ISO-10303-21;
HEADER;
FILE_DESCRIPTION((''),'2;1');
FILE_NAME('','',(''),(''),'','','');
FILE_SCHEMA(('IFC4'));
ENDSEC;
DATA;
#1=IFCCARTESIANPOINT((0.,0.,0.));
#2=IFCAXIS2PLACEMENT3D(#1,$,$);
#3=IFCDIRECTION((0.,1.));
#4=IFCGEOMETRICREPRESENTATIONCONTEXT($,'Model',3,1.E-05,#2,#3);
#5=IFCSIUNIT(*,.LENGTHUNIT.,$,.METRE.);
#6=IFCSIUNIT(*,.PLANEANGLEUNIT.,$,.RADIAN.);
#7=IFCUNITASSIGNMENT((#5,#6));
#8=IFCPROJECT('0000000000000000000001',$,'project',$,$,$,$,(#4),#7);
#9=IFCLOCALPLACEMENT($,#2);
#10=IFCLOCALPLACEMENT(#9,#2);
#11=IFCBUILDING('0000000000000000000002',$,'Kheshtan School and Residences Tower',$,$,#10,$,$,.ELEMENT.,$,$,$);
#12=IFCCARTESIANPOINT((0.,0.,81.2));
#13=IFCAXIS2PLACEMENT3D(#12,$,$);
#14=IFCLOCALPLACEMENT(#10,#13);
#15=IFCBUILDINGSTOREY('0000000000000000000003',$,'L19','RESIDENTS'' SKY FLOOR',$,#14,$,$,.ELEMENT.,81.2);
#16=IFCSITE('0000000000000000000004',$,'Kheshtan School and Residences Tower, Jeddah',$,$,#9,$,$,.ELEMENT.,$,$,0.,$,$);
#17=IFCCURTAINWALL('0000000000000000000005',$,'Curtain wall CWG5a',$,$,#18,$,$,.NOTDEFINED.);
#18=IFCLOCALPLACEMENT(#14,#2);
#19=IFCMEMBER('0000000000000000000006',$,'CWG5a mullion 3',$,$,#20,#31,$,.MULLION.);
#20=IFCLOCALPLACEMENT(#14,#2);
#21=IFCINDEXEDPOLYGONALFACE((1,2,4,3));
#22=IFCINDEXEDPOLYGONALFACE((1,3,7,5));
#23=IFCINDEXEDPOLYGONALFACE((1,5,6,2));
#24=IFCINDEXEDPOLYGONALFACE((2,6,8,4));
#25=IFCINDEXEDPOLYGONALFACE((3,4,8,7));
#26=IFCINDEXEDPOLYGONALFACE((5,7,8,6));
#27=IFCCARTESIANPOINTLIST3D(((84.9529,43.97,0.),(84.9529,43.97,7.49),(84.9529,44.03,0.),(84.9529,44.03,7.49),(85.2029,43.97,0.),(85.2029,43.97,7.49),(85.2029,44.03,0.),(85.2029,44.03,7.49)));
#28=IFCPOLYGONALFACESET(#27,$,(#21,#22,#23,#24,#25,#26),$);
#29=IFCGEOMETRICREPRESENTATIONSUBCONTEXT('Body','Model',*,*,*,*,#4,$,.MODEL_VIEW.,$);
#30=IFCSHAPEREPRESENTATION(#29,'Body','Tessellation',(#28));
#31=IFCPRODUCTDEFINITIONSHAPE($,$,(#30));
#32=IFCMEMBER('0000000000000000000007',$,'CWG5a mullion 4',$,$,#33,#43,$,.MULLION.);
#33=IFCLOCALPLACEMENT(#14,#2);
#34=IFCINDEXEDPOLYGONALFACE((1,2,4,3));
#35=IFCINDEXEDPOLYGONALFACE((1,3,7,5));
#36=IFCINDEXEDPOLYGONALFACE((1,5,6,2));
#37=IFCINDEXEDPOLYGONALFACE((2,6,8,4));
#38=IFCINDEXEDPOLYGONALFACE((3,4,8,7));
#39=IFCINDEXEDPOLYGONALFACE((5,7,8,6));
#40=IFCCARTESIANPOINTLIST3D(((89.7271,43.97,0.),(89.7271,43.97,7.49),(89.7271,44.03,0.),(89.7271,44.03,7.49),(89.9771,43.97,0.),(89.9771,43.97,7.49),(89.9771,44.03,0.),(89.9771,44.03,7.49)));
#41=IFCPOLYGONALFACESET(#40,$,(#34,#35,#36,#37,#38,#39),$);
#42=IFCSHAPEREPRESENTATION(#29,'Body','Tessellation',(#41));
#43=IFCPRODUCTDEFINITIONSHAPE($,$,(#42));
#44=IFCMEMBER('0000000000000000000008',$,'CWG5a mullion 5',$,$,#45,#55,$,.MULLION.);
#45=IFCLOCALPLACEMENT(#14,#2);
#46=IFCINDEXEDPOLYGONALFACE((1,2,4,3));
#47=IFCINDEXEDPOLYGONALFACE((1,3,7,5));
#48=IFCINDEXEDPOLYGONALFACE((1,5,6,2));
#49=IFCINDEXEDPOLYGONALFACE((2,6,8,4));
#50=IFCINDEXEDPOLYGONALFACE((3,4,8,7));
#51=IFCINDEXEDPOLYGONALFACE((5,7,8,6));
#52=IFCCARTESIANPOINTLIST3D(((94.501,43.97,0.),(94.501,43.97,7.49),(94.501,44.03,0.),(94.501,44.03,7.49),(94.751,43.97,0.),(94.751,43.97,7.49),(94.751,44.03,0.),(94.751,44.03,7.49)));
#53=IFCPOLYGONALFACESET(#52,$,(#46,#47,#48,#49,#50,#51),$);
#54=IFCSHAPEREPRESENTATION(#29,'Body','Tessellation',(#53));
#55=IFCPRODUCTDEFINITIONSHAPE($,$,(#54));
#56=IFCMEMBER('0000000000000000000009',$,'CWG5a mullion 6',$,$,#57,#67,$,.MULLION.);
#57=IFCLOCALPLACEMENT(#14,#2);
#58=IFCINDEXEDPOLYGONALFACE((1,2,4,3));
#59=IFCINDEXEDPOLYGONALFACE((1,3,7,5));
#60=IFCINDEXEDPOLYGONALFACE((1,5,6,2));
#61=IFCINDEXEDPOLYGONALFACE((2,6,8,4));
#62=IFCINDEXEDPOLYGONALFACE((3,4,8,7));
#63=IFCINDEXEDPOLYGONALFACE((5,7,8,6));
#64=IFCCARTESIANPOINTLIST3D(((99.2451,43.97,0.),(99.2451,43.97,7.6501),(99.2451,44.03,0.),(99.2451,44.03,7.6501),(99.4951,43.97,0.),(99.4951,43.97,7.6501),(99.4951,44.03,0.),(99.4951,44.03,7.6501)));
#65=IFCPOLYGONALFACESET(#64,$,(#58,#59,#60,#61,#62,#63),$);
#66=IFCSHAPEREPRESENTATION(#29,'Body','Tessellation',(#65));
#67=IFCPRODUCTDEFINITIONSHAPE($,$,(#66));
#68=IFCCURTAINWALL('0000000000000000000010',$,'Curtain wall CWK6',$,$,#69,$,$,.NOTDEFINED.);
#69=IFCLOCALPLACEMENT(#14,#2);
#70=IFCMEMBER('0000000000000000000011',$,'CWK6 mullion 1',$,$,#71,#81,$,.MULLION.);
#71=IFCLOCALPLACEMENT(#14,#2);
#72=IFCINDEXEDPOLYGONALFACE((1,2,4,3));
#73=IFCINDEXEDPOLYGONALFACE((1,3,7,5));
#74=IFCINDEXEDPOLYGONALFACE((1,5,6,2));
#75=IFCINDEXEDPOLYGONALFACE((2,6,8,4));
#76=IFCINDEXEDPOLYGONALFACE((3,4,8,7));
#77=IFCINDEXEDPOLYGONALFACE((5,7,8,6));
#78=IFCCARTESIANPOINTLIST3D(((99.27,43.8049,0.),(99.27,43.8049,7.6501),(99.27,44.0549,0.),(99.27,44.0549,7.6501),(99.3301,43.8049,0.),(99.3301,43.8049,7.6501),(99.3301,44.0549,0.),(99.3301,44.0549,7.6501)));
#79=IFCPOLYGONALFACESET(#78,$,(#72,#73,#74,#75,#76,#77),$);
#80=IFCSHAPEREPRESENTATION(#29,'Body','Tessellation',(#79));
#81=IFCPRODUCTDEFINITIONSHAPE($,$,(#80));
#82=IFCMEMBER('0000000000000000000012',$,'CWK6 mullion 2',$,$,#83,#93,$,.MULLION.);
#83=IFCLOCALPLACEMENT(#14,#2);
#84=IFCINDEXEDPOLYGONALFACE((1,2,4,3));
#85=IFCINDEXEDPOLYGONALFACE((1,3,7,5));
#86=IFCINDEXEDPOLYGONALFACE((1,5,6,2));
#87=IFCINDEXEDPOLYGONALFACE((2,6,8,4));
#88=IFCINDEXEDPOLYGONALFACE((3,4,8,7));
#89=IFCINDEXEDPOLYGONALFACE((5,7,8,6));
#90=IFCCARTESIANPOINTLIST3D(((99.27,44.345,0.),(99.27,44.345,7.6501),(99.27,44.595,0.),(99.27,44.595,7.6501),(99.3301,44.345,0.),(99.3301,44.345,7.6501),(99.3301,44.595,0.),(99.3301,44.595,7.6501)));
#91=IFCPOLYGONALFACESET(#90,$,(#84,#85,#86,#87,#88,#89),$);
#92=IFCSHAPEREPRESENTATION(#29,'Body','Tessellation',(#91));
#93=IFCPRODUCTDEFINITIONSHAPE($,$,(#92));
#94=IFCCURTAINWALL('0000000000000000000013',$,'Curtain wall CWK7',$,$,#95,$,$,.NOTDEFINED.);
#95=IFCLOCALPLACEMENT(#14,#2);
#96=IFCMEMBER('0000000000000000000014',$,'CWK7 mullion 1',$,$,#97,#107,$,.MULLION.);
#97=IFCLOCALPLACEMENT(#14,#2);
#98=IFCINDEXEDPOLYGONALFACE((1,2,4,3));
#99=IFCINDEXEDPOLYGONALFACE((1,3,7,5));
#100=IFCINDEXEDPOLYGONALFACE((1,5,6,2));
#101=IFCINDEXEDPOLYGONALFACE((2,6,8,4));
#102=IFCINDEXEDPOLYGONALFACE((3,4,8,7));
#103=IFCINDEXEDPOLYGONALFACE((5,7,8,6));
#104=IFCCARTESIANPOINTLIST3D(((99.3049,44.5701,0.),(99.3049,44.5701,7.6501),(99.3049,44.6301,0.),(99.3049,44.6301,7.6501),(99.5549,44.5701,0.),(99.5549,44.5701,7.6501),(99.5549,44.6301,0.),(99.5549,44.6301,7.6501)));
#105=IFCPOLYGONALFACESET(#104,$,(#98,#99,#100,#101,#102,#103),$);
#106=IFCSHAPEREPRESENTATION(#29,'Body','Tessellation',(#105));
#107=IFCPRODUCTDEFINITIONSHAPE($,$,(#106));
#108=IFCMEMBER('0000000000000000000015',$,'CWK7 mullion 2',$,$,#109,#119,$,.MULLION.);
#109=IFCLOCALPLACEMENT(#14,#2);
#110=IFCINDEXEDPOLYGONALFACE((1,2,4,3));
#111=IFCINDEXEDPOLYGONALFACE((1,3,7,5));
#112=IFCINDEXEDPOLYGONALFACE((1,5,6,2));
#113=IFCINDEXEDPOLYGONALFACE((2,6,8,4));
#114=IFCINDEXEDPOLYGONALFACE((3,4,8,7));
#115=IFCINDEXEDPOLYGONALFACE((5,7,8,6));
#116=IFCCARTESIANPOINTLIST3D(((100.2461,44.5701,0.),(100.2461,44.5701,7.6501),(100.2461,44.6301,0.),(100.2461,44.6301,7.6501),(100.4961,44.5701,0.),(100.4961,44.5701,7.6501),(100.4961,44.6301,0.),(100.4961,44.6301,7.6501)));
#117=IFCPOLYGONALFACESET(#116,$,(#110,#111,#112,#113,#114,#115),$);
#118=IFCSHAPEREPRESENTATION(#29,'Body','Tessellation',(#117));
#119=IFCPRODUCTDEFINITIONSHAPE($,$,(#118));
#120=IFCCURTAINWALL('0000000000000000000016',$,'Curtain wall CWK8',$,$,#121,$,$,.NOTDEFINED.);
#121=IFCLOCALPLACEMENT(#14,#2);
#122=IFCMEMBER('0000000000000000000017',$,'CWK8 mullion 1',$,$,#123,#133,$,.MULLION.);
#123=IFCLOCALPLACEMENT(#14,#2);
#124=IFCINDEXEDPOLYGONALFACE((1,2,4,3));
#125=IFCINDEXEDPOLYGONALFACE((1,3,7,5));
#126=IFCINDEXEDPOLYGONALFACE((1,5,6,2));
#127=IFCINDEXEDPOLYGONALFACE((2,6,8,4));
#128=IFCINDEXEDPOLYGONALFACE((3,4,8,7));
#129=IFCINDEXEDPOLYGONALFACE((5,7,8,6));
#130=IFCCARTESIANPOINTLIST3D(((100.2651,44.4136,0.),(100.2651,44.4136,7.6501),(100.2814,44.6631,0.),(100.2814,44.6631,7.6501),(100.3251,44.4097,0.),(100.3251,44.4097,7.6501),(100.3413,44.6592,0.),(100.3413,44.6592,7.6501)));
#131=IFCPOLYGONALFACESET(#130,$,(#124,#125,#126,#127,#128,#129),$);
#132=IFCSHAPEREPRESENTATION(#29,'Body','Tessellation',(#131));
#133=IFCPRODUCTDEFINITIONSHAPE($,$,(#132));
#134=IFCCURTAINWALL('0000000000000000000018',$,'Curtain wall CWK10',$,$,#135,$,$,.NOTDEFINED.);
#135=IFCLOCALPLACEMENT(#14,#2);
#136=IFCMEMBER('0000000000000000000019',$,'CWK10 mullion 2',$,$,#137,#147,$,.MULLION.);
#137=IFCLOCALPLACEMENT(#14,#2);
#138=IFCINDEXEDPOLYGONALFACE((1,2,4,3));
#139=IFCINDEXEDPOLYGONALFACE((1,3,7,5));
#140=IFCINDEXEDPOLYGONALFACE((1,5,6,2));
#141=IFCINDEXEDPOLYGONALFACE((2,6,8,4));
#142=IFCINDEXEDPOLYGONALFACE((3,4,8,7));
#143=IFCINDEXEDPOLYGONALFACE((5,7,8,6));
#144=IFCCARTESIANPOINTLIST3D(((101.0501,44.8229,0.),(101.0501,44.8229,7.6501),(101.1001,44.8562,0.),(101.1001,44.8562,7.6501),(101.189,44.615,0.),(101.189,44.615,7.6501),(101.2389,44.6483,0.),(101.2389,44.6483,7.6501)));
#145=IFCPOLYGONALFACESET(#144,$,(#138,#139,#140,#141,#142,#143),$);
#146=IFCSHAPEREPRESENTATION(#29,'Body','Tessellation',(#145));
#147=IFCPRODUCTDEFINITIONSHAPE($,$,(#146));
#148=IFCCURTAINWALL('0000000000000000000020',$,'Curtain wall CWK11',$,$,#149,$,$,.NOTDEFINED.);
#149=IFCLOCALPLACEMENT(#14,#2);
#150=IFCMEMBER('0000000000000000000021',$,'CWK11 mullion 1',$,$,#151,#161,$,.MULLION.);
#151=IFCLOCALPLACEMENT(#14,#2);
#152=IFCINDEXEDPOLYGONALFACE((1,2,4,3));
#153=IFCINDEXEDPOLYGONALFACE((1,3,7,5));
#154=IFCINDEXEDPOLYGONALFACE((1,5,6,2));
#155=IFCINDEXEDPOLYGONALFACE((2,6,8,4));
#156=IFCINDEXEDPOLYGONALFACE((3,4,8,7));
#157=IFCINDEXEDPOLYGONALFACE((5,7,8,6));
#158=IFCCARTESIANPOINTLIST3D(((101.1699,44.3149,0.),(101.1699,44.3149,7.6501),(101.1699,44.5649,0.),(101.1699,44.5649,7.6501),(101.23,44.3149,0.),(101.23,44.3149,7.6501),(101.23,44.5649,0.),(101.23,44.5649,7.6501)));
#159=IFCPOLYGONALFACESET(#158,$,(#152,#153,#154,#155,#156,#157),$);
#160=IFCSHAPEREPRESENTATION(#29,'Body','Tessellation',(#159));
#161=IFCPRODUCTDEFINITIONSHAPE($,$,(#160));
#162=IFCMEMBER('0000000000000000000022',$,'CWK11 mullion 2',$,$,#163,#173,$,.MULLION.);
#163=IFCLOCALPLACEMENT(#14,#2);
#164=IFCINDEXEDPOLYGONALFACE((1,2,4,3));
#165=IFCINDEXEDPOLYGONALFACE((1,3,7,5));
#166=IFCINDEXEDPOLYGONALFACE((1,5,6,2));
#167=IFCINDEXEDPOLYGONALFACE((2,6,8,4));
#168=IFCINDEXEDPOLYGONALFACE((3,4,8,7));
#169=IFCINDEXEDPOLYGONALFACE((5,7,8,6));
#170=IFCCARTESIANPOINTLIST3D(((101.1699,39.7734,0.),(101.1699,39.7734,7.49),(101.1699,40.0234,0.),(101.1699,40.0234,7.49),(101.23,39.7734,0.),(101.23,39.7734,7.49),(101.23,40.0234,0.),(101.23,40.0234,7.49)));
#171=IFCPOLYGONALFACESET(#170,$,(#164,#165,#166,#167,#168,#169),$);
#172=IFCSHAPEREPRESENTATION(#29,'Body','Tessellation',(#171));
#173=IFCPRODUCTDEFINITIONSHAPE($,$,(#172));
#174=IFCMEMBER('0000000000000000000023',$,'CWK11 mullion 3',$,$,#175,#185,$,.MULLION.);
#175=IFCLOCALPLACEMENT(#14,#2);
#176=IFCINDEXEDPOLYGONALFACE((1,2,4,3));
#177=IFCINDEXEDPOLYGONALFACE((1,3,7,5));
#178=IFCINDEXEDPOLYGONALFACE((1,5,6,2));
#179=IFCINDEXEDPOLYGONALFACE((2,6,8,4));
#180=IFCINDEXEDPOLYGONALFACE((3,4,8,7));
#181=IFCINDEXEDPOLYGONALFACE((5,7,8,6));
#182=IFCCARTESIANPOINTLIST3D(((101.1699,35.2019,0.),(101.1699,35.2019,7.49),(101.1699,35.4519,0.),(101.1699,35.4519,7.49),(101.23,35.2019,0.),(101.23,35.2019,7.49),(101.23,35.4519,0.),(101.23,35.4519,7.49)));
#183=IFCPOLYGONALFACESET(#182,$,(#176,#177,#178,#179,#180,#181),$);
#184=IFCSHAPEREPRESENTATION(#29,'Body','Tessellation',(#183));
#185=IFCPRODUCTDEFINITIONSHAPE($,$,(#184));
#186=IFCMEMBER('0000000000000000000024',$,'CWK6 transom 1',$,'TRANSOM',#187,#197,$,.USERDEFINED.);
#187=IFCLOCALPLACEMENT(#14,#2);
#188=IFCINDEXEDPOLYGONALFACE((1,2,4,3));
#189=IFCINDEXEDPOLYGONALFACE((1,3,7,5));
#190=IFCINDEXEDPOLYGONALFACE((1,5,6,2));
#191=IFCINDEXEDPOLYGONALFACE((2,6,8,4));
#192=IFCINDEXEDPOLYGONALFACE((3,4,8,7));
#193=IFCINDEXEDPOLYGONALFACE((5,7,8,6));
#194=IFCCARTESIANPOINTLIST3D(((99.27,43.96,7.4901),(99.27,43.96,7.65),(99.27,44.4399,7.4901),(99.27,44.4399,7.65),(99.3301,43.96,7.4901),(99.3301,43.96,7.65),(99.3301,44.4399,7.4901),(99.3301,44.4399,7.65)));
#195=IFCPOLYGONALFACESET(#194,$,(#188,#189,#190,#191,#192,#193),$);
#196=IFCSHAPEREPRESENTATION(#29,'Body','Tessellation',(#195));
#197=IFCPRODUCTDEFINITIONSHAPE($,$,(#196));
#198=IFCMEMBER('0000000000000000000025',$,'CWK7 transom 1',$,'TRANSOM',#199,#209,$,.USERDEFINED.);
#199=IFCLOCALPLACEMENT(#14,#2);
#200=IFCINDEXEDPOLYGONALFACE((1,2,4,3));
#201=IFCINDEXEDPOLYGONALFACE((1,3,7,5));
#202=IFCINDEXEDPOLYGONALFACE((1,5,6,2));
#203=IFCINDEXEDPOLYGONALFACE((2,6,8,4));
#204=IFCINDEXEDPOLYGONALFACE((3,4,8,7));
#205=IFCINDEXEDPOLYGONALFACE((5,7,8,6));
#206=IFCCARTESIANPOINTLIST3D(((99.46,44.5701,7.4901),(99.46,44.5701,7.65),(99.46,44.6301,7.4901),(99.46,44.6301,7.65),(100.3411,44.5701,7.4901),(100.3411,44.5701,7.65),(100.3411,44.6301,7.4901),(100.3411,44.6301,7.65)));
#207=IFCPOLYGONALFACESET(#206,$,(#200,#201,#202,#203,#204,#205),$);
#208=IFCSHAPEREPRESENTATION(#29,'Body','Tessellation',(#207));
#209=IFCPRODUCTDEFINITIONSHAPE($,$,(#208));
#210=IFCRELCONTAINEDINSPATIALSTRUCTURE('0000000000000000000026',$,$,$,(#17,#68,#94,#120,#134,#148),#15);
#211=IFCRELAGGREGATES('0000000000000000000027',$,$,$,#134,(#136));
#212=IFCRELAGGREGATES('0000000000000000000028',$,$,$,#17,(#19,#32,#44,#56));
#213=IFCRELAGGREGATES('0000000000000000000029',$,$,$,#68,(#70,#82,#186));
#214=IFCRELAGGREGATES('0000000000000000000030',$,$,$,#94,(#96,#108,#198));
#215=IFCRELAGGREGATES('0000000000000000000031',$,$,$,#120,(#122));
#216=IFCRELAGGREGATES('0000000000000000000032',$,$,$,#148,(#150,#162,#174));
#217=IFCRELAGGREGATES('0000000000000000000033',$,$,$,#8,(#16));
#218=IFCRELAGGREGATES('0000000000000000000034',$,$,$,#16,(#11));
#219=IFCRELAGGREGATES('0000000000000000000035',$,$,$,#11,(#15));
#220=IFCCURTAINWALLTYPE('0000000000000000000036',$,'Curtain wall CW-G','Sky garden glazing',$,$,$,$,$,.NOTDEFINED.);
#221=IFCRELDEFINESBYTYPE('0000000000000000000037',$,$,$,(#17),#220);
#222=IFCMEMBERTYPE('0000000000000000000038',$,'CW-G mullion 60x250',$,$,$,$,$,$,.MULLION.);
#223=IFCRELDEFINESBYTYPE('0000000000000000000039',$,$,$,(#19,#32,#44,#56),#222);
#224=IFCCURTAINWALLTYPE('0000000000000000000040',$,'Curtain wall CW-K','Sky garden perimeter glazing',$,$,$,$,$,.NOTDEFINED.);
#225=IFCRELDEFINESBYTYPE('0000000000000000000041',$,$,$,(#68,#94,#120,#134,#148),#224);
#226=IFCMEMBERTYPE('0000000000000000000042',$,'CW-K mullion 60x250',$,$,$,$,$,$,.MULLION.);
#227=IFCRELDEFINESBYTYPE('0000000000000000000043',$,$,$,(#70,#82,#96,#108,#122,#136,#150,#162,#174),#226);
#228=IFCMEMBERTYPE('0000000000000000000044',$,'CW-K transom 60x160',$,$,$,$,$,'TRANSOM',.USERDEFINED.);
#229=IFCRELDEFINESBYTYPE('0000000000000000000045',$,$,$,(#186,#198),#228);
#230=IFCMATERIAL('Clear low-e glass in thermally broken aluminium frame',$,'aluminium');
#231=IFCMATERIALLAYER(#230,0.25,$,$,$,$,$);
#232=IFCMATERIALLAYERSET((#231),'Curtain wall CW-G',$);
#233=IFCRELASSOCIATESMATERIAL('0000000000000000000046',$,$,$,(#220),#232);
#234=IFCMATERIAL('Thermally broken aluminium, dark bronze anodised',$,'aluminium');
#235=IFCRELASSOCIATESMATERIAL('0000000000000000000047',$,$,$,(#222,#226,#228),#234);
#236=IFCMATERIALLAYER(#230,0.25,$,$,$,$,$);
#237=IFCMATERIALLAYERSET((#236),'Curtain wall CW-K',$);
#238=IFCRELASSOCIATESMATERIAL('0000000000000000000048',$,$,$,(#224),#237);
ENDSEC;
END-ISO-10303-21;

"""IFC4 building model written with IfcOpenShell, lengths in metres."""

from ifc_helpers import new_model, si_unit, direction, frame, origin, origin_2d, place, context, subcontext, project, spatial, rectangle, extrude, material, layer, layer_set, material_profile, profile_set, type_object, element, aggregate, save


model = new_model("IFC4")

# Units and contexts
model_context = context("Model", 3, precision=1e-05, world=origin(), true_north=direction((0.0, 1.0)))
body_context = subcontext(model_context, "Body", "Model", "MODEL_VIEW")
ifc_project = project(units=[si_unit("LENGTHUNIT", "METRE"), si_unit("PLANEANGLEUNIT", "RADIAN")], contexts=[model_context])

# Site, building, storey
site_placement = place(None, origin())
site = spatial("IfcSite", under=ifc_project, at=site_placement, Name="Kheshtan School and Residences Tower, Jeddah", CompositionType="ELEMENT", RefElevation=0.0)
building_placement = place(site_placement, origin())
building = spatial("IfcBuilding", under=site, at=building_placement, Name="Kheshtan School and Residences Tower", CompositionType="ELEMENT")
storey_placement = place(building_placement, frame((0.0, 0.0, 81.2)))
storey = spatial("IfcBuildingStorey", under=building, at=storey_placement, Name="L19", Description="RESIDENTS' SKY FLOOR", CompositionType="ELEMENT", Elevation=81.2)

# Curtain walls, members
ifc_material_1 = material(Name="Clear low-e glass in thermally broken aluminium frame", Category="aluminium")
ifc_layer_1 = layer(ifc_material_1, 0.25)
ifc_layer_set_1 = layer_set([ifc_layer_1], Name="Curtain wall CW-G")
curtain_wall_type_1 = type_object("IfcCurtainWallType", Name="Curtain wall CW-G", Description="Sky garden glazing", PredefinedType="NOTDEFINED", material=ifc_layer_set_1)
curtain_wall_1_placement = place(storey_placement, origin())
curtain_wall_1 = element("IfcCurtainWall", 1, at=curtain_wall_1_placement, inside=storey, type_object=curtain_wall_type_1, Name="Curtain wall CWG5a", PredefinedType="NOTDEFINED")
ifc_material_2 = material(Name="Thermally broken aluminium, dark bronze anodised", Category="aluminium")
ifc_material_profile_1 = material_profile(ifc_material_2, rectangle(XDim=0.0601, YDim=0.25, at=origin_2d()), Name="CW-G mullion 60x250")
ifc_profile_set_1 = profile_set([ifc_material_profile_1], Name="Thermally broken aluminium, dark bronze anodised")
member_type_1 = type_object("IfcMemberType", Name="CW-G mullion 60x250", PredefinedType="MULLION", material=ifc_profile_set_1)
member_1_placement = place(storey_placement, frame((85.0779, 44.0, 0.0), z_axis=(0.0, 0.0, 1.0), x_axis=(0.0, 1.0, 0.0)))
member_1 = element("IfcMember", 2, at=member_1_placement, type_object=member_type_1, Name="CWG5a mullion 3", PredefinedType="MULLION", context=body_context, shape_type="SweptSolid", body=[
    extrude(rectangle(XDim=0.0601, YDim=0.25, at=origin_2d()), origin(), (0.0, 0.0, 1.0), 7.49),
])
member_2_placement = place(storey_placement, frame((89.8521, 44.0, 0.0), z_axis=(0.0, 0.0, 1.0), x_axis=(0.0, 1.0, 0.0)))
member_2 = element("IfcMember", 3, at=member_2_placement, type_object=member_type_1, Name="CWG5a mullion 4", PredefinedType="MULLION", context=body_context, shape_type="SweptSolid", body=[
    extrude(rectangle(XDim=0.0601, YDim=0.25, at=origin_2d()), origin(), (0.0, 0.0, 1.0), 7.49),
])
member_3_placement = place(storey_placement, frame((94.626, 44.0, 0.0), z_axis=(0.0, 0.0, 1.0), x_axis=(0.0, 1.0, 0.0)))
member_3 = element("IfcMember", 4, at=member_3_placement, type_object=member_type_1, Name="CWG5a mullion 5", PredefinedType="MULLION", context=body_context, shape_type="SweptSolid", body=[
    extrude(rectangle(XDim=0.0601, YDim=0.25, at=origin_2d()), origin(), (0.0, 0.0, 1.0), 7.49),
])
member_4_placement = place(storey_placement, frame((99.3701, 44.0, 0.0), z_axis=(0.0, 0.0, 1.0), x_axis=(0.0, 1.0, 0.0)))
member_4 = element("IfcMember", 5, at=member_4_placement, type_object=member_type_1, Name="CWG5a mullion 6", PredefinedType="MULLION", context=body_context, shape_type="SweptSolid", body=[
    extrude(rectangle(XDim=0.0601, YDim=0.25, at=origin_2d()), origin(), (0.0, 0.0, 1.0), 7.6501),
])
ifc_layer_2 = layer(ifc_material_1, 0.25)
ifc_layer_set_2 = layer_set([ifc_layer_2], Name="Curtain wall CW-K")
curtain_wall_type_2 = type_object("IfcCurtainWallType", Name="Curtain wall CW-K", Description="Sky garden perimeter glazing", PredefinedType="NOTDEFINED", material=ifc_layer_set_2)
curtain_wall_2_placement = place(storey_placement, origin())
curtain_wall_2 = element("IfcCurtainWall", 6, at=curtain_wall_2_placement, inside=storey, type_object=curtain_wall_type_2, Name="Curtain wall CWK6", PredefinedType="NOTDEFINED")
ifc_material_profile_2 = material_profile(ifc_material_2, rectangle(XDim=0.0601, YDim=0.25, at=origin_2d()), Name="CW-K mullion 60x250")
ifc_profile_set_2 = profile_set([ifc_material_profile_2], Name="Thermally broken aluminium, dark bronze anodised")
member_type_2 = type_object("IfcMemberType", Name="CW-K mullion 60x250", PredefinedType="MULLION", material=ifc_profile_set_2)
member_5_placement = place(storey_placement, frame((99.3, 43.9299, 0.0), z_axis=(0.0, 0.0, 1.0), x_axis=(-1.0, 0.0, 0.0)))
member_5 = element("IfcMember", 7, at=member_5_placement, type_object=member_type_2, Name="CWK6 mullion 1", PredefinedType="MULLION", context=body_context, shape_type="SweptSolid", body=[
    extrude(rectangle(XDim=0.0601, YDim=0.25, at=origin_2d()), origin(), (0.0, 0.0, 1.0), 7.6501),
])
member_6_placement = place(storey_placement, frame((99.3, 44.47, 0.0), z_axis=(0.0, 0.0, 1.0), x_axis=(-1.0, 0.0, 0.0)))
member_6 = element("IfcMember", 8, at=member_6_placement, type_object=member_type_2, Name="CWK6 mullion 2", PredefinedType="MULLION", context=body_context, shape_type="SweptSolid", body=[
    extrude(rectangle(XDim=0.0601, YDim=0.25, at=origin_2d()), origin(), (0.0, 0.0, 1.0), 7.6501),
])
curtain_wall_3_placement = place(storey_placement, origin())
curtain_wall_3 = element("IfcCurtainWall", 9, at=curtain_wall_3_placement, inside=storey, type_object=curtain_wall_type_2, Name="Curtain wall CWK7", PredefinedType="NOTDEFINED")
member_7_placement = place(storey_placement, frame((99.4299, 44.6001, 0.0), z_axis=(0.0, 0.0, 1.0), x_axis=(0.0, 1.0, 0.0)))
member_7 = element("IfcMember", 10, at=member_7_placement, type_object=member_type_2, Name="CWK7 mullion 1", PredefinedType="MULLION", context=body_context, shape_type="SweptSolid", body=[
    extrude(rectangle(XDim=0.0601, YDim=0.25, at=origin_2d()), origin(), (0.0, 0.0, 1.0), 7.6501),
])
member_8_placement = place(storey_placement, frame((100.3711, 44.6001, 0.0), z_axis=(0.0, 0.0, 1.0), x_axis=(0.0, 1.0, 0.0)))
member_8 = element("IfcMember", 11, at=member_8_placement, type_object=member_type_2, Name="CWK7 mullion 2", PredefinedType="MULLION", context=body_context, shape_type="SweptSolid", body=[
    extrude(rectangle(XDim=0.0601, YDim=0.25, at=origin_2d()), origin(), (0.0, 0.0, 1.0), 7.6501),
])

# Curtain walls, members
curtain_wall_4_placement = place(storey_placement, origin())
curtain_wall_4 = element("IfcCurtainWall", 12, at=curtain_wall_4_placement, inside=storey, type_object=curtain_wall_type_2, Name="Curtain wall CWK8", PredefinedType="NOTDEFINED")
member_9_placement = place(storey_placement, frame((100.3032, 44.5364, 0.0), z_axis=(0.0, 0.0, 1.0), x_axis=(-0.997894, 0.064863, 0.0)))
member_9 = element("IfcMember", 13, at=member_9_placement, type_object=member_type_2, Name="CWK8 mullion 1", PredefinedType="MULLION", context=body_context, shape_type="SweptSolid", body=[
    extrude(rectangle(XDim=0.0601, YDim=0.25, at=origin_2d()), origin(), (0.0, 0.0, 1.0), 7.6501),
])
curtain_wall_5_placement = place(storey_placement, origin())
curtain_wall_5 = element("IfcCurtainWall", 14, at=curtain_wall_5_placement, inside=storey, type_object=curtain_wall_type_2, Name="Curtain wall CWK10", PredefinedType="NOTDEFINED")
member_10_placement = place(storey_placement, frame((101.1445, 44.7356, 0.0), z_axis=(0.0, 0.0, 1.0), x_axis=(0.831649, 0.555302, 0.0)))
member_10 = element("IfcMember", 15, at=member_10_placement, type_object=member_type_2, Name="CWK10 mullion 2", PredefinedType="MULLION", context=body_context, shape_type="SweptSolid", body=[
    extrude(rectangle(XDim=0.0601, YDim=0.25, at=origin_2d()), origin(), (0.0, 0.0, 1.0), 7.6501),
])
aggregate(curtain_wall_5, [member_10])

# Curtain wall, members
curtain_wall_6_placement = place(storey_placement, origin())
curtain_wall_6 = element("IfcCurtainWall", 16, at=curtain_wall_6_placement, inside=storey, type_object=curtain_wall_type_2, Name="Curtain wall CWK11", PredefinedType="NOTDEFINED")
member_11_placement = place(storey_placement, frame((101.2, 44.4399, 0.0), z_axis=(0.0, 0.0, 1.0), x_axis=(1.0, 0.0, 0.0)))
member_11 = element("IfcMember", 17, at=member_11_placement, type_object=member_type_2, Name="CWK11 mullion 1", PredefinedType="MULLION", context=body_context, shape_type="SweptSolid", body=[
    extrude(rectangle(XDim=0.0601, YDim=0.25, at=origin_2d()), origin(), (0.0, 0.0, 1.0), 7.6501),
])
member_12_placement = place(storey_placement, frame((101.2, 39.8984, 0.0), z_axis=(0.0, 0.0, 1.0), x_axis=(1.0, 0.0, 0.0)))
member_12 = element("IfcMember", 18, at=member_12_placement, type_object=member_type_2, Name="CWK11 mullion 2", PredefinedType="MULLION", context=body_context, shape_type="SweptSolid", body=[
    extrude(rectangle(XDim=0.0601, YDim=0.25, at=origin_2d()), origin(), (0.0, 0.0, 1.0), 7.49),
])
member_13_placement = place(storey_placement, frame((101.2, 35.3269, 0.0), z_axis=(0.0, 0.0, 1.0), x_axis=(1.0, 0.0, 0.0)))
member_13 = element("IfcMember", 19, at=member_13_placement, type_object=member_type_2, Name="CWK11 mullion 3", PredefinedType="MULLION", context=body_context, shape_type="SweptSolid", body=[
    extrude(rectangle(XDim=0.0601, YDim=0.25, at=origin_2d()), origin(), (0.0, 0.0, 1.0), 7.49),
])

# Members
ifc_material_profile_3 = material_profile(ifc_material_2, rectangle(XDim=0.0601, YDim=0.1599, at=origin_2d()), Name="CW-K transom 60x160")
ifc_profile_set_3 = profile_set([ifc_material_profile_3], Name="Thermally broken aluminium, dark bronze anodised")
member_type_3 = type_object("IfcMemberType", Name="CW-K transom 60x160", ElementType="TRANSOM", PredefinedType="USERDEFINED", material=ifc_profile_set_3)
member_14_placement = place(storey_placement, frame((99.3, 43.96, 7.5701), z_axis=(0.0, 1.0, 0.0), x_axis=(-1.0, 0.0, 0.0)))
member_14 = element("IfcMember", 20, at=member_14_placement, type_object=member_type_3, Name="CWK6 transom 1", ObjectType="TRANSOM", PredefinedType="USERDEFINED", context=body_context, shape_type="SweptSolid", body=[
    extrude(rectangle(XDim=0.0601, YDim=0.1599, at=origin_2d()), origin(), (0.0, 0.0, 1.0), 0.48),
])
member_15_placement = place(storey_placement, frame((99.46, 44.6001, 7.5701), z_axis=(1.0, 0.0, 0.0), x_axis=(0.0, 1.0, 0.0)))
member_15 = element("IfcMember", 21, at=member_15_placement, type_object=member_type_3, Name="CWK7 transom 1", ObjectType="TRANSOM", PredefinedType="USERDEFINED", context=body_context, shape_type="SweptSolid", body=[
    extrude(rectangle(XDim=0.0601, YDim=0.1599, at=origin_2d()), origin(), (0.0, 0.0, 1.0), 0.8811),
])

aggregate(curtain_wall_1, [member_1, member_2, member_3, member_4])
aggregate(curtain_wall_2, [member_5, member_6, member_14])
aggregate(curtain_wall_3, [member_7, member_8, member_15])
aggregate(curtain_wall_4, [member_9])
aggregate(curtain_wall_6, [member_11, member_12, member_13])

save(model, "model.ifc")
